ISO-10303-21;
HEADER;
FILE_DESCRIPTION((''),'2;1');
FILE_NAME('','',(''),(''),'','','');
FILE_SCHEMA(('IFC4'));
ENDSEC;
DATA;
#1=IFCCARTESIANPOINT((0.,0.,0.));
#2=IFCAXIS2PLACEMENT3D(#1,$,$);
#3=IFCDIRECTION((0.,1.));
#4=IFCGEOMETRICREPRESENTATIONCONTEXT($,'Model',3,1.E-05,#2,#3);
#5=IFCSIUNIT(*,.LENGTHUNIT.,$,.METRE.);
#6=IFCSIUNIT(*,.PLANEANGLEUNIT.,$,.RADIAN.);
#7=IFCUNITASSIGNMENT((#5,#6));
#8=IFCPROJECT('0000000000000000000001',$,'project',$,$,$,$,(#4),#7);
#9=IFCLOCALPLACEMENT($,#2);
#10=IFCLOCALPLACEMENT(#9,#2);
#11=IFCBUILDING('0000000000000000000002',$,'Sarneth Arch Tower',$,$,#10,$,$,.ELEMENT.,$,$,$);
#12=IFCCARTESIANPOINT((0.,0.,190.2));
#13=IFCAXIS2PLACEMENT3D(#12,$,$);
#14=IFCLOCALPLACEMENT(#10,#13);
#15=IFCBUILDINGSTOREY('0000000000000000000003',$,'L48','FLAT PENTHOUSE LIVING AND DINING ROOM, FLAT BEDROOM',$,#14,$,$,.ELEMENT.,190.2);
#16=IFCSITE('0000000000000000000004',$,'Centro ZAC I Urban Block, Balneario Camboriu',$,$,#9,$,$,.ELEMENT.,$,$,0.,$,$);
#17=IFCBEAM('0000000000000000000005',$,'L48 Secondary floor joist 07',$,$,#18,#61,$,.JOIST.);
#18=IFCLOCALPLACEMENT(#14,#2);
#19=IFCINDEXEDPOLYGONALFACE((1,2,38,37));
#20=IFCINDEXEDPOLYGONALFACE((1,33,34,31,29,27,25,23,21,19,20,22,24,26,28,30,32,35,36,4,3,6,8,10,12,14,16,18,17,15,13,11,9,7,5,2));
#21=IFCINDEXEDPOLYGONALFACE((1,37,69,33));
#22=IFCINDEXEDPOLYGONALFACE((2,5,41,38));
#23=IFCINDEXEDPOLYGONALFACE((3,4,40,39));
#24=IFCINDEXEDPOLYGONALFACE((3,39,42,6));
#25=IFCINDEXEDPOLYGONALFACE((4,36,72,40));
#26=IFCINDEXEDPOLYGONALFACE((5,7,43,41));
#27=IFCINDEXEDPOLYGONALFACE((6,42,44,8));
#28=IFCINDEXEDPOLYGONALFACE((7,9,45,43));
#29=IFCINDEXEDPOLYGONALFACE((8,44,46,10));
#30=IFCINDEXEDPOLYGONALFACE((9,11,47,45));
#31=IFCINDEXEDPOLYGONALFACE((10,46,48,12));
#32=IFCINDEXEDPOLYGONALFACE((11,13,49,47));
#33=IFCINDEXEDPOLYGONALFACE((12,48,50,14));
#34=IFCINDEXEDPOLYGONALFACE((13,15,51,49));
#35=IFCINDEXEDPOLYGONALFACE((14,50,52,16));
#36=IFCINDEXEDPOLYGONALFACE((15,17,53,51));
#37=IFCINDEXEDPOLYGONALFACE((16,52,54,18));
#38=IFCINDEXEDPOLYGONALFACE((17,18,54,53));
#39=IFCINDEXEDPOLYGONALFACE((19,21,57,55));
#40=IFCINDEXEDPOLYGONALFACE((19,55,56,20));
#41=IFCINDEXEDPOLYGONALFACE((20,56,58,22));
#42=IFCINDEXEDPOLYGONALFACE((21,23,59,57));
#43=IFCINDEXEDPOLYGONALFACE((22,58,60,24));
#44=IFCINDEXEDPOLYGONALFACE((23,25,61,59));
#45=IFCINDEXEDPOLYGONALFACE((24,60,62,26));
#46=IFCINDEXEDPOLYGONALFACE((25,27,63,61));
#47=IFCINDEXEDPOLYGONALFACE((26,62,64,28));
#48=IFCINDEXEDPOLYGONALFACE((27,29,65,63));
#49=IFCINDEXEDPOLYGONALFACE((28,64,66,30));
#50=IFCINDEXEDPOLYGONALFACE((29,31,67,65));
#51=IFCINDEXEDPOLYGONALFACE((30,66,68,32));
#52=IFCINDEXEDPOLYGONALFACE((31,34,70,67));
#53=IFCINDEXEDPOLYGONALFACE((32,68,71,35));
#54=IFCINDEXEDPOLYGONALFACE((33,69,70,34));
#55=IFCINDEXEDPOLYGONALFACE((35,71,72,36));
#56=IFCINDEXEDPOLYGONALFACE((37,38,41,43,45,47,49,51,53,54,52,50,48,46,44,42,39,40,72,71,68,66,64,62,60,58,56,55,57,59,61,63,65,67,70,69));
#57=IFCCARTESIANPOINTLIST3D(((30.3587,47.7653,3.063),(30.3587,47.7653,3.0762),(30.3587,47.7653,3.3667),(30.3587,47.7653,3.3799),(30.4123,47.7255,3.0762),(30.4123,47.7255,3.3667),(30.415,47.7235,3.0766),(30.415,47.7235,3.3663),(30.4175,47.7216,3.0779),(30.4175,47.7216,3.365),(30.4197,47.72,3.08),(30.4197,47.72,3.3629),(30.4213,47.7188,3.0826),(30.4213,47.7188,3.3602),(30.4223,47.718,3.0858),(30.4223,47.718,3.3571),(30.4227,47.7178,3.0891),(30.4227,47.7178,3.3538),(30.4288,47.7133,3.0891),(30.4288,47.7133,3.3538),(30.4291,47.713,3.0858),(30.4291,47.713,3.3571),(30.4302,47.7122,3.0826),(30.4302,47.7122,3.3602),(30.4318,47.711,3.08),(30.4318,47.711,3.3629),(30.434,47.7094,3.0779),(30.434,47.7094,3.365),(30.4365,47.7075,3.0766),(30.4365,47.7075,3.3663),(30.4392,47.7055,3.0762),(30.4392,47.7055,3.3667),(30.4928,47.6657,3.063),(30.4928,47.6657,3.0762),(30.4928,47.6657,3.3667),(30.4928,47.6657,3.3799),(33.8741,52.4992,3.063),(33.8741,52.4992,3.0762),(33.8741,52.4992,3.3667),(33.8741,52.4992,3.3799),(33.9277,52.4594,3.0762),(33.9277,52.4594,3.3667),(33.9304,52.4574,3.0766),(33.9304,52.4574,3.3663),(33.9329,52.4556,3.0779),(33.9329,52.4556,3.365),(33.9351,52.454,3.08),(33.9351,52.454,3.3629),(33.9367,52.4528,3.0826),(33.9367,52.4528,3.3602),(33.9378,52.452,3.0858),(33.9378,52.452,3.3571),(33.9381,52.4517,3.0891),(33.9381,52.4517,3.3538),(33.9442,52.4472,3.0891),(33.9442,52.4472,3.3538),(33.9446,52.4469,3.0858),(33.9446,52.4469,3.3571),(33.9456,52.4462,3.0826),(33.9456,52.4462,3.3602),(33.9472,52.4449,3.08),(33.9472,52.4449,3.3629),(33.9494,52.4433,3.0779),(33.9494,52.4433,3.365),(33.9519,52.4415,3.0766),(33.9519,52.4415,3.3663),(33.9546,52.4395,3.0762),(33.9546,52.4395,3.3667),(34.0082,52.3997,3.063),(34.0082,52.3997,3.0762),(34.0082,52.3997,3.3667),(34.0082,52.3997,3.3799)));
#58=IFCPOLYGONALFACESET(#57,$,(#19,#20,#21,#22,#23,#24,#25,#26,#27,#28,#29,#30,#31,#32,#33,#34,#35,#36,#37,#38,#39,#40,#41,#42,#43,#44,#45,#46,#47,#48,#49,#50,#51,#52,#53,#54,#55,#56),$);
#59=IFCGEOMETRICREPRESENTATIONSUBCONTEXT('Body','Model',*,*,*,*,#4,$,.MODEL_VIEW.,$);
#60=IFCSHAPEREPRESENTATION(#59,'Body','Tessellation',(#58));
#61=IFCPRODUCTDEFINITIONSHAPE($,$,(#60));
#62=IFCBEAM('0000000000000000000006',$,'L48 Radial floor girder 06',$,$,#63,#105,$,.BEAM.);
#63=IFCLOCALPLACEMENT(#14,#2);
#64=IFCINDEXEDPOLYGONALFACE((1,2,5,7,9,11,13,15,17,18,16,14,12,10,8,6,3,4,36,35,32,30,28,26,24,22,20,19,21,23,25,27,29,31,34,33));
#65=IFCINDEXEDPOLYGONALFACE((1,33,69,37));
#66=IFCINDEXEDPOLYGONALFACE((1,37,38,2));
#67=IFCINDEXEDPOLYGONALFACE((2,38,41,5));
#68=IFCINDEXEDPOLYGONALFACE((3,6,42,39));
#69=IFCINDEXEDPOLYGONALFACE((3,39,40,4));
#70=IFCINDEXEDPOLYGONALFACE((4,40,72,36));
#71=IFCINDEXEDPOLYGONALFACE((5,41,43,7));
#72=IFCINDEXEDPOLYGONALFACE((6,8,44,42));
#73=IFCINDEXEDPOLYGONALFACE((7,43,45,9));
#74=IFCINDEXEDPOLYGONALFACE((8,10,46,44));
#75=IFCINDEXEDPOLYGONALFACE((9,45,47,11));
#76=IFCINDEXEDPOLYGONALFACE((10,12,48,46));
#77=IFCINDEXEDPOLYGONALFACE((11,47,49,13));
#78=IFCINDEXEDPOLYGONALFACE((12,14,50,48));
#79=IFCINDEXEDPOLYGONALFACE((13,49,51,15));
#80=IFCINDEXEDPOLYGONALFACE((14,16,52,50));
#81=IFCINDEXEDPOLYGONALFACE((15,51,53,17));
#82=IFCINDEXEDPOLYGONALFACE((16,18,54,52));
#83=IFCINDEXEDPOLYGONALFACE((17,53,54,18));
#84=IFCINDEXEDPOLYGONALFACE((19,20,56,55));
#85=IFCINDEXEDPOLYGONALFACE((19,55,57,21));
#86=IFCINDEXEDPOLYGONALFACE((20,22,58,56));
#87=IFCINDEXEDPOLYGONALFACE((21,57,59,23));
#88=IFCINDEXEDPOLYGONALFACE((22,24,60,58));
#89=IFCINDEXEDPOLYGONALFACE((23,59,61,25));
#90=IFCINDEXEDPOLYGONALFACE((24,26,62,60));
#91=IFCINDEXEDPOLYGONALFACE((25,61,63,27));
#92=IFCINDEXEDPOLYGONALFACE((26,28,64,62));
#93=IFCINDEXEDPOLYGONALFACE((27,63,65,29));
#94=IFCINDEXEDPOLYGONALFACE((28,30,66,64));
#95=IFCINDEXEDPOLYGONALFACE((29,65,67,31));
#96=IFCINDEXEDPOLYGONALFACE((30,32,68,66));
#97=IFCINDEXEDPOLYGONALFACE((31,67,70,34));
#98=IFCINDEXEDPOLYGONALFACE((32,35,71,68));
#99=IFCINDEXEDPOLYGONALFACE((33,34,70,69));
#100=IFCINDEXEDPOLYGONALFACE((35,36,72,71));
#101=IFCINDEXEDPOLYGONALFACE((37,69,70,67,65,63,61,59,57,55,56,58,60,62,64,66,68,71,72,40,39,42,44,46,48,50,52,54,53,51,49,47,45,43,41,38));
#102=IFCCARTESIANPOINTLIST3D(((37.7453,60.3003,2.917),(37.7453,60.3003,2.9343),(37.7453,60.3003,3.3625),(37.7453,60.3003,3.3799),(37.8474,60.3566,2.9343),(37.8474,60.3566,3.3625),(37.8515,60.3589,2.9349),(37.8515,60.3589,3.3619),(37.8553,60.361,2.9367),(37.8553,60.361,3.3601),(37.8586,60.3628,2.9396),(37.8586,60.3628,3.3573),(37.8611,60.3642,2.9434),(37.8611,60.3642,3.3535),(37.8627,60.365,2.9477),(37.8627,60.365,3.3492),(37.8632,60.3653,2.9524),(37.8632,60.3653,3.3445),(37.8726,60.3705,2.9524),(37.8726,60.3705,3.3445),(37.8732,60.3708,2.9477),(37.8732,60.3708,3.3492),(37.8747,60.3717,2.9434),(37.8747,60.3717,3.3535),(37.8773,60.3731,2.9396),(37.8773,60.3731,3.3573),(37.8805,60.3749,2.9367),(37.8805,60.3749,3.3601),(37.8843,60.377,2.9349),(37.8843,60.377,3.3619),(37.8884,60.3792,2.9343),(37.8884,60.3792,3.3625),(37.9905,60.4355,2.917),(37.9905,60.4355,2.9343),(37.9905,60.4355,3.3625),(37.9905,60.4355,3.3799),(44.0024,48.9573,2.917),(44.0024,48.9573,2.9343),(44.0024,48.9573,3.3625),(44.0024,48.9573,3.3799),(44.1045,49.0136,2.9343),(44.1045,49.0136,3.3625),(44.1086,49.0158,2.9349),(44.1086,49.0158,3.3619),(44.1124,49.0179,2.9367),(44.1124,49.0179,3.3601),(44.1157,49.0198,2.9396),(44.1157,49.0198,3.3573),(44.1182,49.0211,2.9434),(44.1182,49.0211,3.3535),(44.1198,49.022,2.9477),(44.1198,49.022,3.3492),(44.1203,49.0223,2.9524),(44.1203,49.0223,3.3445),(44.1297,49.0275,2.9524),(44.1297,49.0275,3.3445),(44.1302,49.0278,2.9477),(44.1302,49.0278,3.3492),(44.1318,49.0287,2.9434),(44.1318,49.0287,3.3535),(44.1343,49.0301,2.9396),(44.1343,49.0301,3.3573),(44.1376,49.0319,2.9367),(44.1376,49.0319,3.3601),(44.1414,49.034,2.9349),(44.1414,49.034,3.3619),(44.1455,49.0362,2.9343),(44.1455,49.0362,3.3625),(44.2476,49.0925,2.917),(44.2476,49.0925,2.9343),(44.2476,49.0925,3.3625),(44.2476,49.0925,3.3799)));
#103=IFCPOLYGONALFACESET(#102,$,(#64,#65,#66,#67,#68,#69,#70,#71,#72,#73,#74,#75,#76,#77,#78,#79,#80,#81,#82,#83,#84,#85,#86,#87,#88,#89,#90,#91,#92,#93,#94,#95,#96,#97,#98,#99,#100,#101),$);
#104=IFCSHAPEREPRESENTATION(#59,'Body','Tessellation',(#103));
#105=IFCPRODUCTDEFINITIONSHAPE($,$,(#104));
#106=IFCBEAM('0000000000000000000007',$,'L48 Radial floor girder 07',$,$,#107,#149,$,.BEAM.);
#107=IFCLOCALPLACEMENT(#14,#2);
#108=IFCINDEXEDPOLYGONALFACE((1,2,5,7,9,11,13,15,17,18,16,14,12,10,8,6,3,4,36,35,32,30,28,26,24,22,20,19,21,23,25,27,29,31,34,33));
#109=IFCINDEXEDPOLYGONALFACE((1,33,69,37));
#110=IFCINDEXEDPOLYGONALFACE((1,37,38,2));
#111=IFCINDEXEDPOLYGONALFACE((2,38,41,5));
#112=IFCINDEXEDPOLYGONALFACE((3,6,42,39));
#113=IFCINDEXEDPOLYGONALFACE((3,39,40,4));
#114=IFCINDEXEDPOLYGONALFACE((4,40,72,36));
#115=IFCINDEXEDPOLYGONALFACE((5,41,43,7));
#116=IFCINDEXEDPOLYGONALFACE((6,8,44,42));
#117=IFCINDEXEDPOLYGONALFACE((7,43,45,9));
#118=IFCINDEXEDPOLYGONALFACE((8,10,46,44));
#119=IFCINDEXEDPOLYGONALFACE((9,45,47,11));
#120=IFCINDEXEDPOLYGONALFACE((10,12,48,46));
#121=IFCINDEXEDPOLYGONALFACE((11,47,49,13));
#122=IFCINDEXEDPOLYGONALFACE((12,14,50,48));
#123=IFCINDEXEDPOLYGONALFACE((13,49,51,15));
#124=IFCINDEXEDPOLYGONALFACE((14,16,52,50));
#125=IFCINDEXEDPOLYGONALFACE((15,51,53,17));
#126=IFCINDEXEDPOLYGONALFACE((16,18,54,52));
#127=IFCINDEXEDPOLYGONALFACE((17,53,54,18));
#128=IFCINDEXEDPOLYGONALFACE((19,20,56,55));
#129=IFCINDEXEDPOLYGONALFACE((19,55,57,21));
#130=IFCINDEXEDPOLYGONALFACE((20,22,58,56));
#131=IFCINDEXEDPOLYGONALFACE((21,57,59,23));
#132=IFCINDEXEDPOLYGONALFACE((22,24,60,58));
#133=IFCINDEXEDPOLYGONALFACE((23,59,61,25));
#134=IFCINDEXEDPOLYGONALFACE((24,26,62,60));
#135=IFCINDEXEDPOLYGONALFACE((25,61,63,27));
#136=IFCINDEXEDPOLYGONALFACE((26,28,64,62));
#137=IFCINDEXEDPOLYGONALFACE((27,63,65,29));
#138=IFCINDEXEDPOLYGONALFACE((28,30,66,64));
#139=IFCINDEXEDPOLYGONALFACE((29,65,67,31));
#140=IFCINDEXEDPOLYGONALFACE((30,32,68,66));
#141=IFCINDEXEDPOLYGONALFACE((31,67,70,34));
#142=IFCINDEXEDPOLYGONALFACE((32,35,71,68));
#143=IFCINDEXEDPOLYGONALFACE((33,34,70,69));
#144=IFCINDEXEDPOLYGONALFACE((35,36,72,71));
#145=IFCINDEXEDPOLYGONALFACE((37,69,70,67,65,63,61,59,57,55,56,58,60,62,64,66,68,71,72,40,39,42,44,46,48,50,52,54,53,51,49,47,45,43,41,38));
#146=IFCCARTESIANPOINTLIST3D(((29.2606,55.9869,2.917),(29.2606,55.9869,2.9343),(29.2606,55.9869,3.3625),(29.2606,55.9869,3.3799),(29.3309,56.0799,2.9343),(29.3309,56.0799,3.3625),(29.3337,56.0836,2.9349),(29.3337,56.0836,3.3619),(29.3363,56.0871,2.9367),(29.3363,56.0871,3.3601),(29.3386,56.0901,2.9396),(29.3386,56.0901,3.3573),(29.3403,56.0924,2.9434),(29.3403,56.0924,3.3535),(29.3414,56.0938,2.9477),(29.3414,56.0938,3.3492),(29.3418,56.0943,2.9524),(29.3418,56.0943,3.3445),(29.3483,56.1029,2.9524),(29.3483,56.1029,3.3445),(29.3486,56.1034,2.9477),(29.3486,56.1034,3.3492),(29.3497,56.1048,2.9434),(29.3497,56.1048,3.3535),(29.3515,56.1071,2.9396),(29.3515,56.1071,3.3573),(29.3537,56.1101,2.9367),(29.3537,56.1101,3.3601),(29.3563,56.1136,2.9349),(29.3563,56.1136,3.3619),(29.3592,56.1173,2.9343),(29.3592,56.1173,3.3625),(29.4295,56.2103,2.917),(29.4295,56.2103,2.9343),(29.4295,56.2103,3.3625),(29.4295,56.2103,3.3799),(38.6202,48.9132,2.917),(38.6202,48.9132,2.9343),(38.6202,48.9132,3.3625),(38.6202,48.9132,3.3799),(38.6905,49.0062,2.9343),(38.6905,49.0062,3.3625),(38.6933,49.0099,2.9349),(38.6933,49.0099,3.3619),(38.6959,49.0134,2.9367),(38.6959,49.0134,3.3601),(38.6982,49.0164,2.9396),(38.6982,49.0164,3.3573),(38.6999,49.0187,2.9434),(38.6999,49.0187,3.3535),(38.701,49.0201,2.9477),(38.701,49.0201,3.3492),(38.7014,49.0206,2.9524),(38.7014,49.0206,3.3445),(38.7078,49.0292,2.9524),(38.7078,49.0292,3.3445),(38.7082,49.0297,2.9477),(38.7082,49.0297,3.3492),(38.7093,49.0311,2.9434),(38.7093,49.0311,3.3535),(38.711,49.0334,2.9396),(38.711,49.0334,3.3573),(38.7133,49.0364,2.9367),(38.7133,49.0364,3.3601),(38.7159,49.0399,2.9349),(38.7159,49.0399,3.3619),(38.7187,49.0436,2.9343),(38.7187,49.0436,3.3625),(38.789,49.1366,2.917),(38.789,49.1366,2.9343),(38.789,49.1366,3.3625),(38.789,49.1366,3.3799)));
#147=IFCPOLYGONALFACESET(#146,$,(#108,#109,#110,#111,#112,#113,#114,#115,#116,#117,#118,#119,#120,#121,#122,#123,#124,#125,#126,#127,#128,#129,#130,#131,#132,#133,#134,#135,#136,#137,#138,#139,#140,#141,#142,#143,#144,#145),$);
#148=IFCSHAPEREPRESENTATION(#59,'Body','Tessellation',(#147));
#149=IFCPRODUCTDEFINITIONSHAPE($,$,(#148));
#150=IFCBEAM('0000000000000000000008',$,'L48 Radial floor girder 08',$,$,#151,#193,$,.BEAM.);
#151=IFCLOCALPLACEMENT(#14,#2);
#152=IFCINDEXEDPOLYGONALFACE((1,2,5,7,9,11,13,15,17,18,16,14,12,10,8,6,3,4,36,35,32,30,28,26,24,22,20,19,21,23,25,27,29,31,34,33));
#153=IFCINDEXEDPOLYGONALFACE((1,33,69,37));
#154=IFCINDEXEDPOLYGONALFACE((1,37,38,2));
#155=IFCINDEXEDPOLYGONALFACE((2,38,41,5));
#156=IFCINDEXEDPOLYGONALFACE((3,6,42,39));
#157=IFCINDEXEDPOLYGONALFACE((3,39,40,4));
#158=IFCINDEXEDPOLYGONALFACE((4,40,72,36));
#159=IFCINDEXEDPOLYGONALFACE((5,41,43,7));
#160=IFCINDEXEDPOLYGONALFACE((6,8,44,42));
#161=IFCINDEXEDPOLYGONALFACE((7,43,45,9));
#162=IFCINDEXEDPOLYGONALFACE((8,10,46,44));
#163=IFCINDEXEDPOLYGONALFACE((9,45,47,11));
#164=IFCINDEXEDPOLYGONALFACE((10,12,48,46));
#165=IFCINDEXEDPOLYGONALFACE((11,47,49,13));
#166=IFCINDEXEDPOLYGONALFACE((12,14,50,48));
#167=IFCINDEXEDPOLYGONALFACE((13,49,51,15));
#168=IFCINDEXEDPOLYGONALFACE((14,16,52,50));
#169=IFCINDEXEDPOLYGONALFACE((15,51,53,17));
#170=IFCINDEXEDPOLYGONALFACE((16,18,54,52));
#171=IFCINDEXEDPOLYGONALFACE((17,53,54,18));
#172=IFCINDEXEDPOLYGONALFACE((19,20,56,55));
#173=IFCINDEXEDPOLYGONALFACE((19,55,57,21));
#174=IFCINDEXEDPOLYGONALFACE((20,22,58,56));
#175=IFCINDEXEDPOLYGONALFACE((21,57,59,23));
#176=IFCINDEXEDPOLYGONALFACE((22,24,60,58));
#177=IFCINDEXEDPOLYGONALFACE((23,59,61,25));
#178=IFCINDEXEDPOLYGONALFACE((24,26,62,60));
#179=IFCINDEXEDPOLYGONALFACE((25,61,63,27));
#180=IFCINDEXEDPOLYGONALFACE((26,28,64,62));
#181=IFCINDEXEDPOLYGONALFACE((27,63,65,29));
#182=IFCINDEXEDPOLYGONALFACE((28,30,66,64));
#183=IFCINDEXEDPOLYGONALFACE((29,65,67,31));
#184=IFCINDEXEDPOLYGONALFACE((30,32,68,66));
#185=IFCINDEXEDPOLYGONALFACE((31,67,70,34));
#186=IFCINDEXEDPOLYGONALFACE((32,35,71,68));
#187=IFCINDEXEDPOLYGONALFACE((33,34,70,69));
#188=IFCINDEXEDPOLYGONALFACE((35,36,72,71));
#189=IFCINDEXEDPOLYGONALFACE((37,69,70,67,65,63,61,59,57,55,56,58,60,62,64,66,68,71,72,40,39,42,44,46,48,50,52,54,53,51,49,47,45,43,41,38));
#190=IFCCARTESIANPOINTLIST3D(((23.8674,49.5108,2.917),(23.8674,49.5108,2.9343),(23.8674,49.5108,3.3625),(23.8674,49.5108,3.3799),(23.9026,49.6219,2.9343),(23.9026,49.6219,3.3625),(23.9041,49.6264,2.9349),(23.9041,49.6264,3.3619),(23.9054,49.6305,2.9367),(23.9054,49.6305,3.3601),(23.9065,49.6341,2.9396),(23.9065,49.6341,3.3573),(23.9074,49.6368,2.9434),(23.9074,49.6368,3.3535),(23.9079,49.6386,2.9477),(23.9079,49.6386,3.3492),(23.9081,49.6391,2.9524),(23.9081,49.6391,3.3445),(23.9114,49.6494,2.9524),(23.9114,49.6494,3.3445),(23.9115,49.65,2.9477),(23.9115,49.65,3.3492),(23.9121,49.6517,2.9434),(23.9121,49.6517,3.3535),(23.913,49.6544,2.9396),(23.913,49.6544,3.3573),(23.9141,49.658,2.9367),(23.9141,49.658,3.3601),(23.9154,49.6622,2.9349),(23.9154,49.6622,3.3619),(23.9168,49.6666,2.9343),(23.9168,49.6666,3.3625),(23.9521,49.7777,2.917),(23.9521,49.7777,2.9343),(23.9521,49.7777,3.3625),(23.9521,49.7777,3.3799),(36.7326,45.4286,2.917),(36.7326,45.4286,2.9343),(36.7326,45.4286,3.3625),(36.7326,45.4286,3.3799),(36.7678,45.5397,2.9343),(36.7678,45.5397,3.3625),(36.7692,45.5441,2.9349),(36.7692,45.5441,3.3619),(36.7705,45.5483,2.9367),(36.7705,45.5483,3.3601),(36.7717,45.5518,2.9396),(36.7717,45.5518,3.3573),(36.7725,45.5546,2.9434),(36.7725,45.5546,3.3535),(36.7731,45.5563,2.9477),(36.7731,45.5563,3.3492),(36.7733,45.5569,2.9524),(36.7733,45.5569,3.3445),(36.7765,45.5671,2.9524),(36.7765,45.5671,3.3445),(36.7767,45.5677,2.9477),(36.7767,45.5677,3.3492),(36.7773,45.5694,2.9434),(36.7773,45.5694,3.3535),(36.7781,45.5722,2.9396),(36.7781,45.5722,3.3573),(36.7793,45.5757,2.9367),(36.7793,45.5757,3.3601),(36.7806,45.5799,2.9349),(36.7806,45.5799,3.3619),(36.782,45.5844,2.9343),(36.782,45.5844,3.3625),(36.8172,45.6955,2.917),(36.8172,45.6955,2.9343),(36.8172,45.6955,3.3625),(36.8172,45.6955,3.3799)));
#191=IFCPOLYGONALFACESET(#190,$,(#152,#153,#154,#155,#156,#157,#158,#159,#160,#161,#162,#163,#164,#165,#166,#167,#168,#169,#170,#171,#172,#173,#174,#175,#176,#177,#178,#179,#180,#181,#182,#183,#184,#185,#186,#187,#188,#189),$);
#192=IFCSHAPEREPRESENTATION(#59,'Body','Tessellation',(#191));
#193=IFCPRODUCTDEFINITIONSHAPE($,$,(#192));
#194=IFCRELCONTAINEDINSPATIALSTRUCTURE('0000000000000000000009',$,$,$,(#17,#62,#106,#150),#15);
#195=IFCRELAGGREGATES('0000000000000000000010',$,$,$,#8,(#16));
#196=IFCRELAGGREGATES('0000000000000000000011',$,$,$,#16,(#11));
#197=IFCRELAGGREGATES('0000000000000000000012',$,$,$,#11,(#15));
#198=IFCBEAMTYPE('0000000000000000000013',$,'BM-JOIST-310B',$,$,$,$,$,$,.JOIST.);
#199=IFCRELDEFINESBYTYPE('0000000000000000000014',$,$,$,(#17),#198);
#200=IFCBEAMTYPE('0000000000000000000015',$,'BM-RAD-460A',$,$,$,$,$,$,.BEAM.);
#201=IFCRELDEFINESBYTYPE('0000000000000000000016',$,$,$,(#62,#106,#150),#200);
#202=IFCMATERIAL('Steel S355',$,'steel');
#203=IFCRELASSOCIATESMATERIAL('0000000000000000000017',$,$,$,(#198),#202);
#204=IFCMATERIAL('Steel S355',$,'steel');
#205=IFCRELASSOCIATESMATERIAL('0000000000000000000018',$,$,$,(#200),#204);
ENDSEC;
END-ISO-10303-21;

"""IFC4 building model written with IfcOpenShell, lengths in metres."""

from ifc_helpers import new_model, si_unit, direction, frame, origin, origin_2d, place, context, subcontext, project, spatial, i_section, extrude, material, material_profile, profile_set, type_object, element, save


model = new_model("IFC4")

# Units and contexts
model_context = context("Model", 3, precision=1e-05, world=origin(), true_north=direction((0.0, 1.0)))
body_context = subcontext(model_context, "Body", "Model", "MODEL_VIEW")
ifc_project = project(units=[si_unit("LENGTHUNIT", "METRE"), si_unit("PLANEANGLEUNIT", "RADIAN")], contexts=[model_context])

# Site, building, storey
site_placement = place(None, origin())
site = spatial("IfcSite", under=ifc_project, at=site_placement, Name="Centro ZAC I Urban Block, Balneario Camboriu", CompositionType="ELEMENT", RefElevation=0.0)
building_placement = place(site_placement, origin())
building = spatial("IfcBuilding", under=site, at=building_placement, Name="Sarneth Arch Tower", CompositionType="ELEMENT")
storey_placement = place(building_placement, frame((0.0, 0.0, 190.2)))
storey = spatial("IfcBuildingStorey", under=building, at=storey_placement, Name="L48", Description="FLAT PENTHOUSE LIVING AND DINING ROOM, FLAT BEDROOM", CompositionType="ELEMENT", Elevation=190.2)

# Beams
ifc_material_1 = material(Name="Steel S355", Category="steel")
ifc_material_profile_1 = material_profile(ifc_material_1, i_section(OverallWidth=0.167, OverallDepth=0.3169, WebThickness=0.0076, FlangeThickness=0.0132, FilletRadius=0.0129, at=origin_2d()), Name="W310x52")
ifc_profile_set_1 = profile_set([ifc_material_profile_1], Name="Steel S355")
beam_type_1 = type_object("IfcBeamType", Name="BM-JOIST-310B", PredefinedType="JOIST", material=ifc_profile_set_1)
beam_1_placement = place(storey_placement, frame((33.9412, 52.4495, 3.2214), z_axis=(-0.596191, -0.802843, 0.0), x_axis=(0.802843, -0.596191, 0.0)))
element("IfcBeam", 1, at=beam_1_placement, inside=storey, type_object=beam_type_1, Name="L48 Secondary floor joist 07", PredefinedType="JOIST", context=body_context, shape_type="SweptSolid", body=[
    extrude(i_section(OverallWidth=0.167, OverallDepth=0.3169, WebThickness=0.0076, FlangeThickness=0.0132, FilletRadius=0.0129, at=origin_2d()), origin(), (0.0, 0.0, 1.0), 5.8965),
])
ifc_material_2 = material(Name="Steel S355", Category="steel")
ifc_material_profile_2 = material_profile(ifc_material_2, i_section(OverallWidth=0.28, OverallDepth=0.4629, WebThickness=0.0107, FlangeThickness=0.0173, FilletRadius=0.0181, at=origin_2d()), Name="W460x113")
ifc_profile_set_2 = profile_set([ifc_material_profile_2], Name="Steel S355")
beam_type_2 = type_object("IfcBeamType", Name="BM-RAD-460A", PredefinedType="BEAM", material=ifc_profile_set_2)
beam_2_placement = place(storey_placement, frame((44.125, 49.0249, 3.1484), z_axis=(-0.48301, 0.875615, 0.0), x_axis=(-0.875615, -0.48301, 0.0)))
element("IfcBeam", 2, at=beam_2_placement, inside=storey, type_object=beam_type_2, Name="L48 Radial floor girder 06", PredefinedType="BEAM", context=body_context, shape_type="SweptSolid", body=[
    extrude(i_section(OverallWidth=0.28, OverallDepth=0.4629, WebThickness=0.0107, FlangeThickness=0.0173, FilletRadius=0.0181, at=origin_2d()), origin(), (0.0, 0.0, 1.0), 12.9543),
])
beam_3_placement = place(storey_placement, frame((38.7046, 49.0249, 3.1484), z_axis=(-0.797785, 0.602943, 0.0), x_axis=(-0.602943, -0.797785, 0.0)))
element("IfcBeam", 3, at=beam_3_placement, inside=storey, type_object=beam_type_2, Name="L48 Radial floor girder 07", PredefinedType="BEAM", context=body_context, shape_type="SweptSolid", body=[
    extrude(i_section(OverallWidth=0.28, OverallDepth=0.4629, WebThickness=0.0107, FlangeThickness=0.0173, FilletRadius=0.0181, at=origin_2d()), origin(), (0.0, 0.0, 1.0), 11.7319),
])
beam_4_placement = place(storey_placement, frame((36.7749, 45.562, 3.1484), z_axis=(-0.953165, 0.302449, 0.0), x_axis=(-0.302449, -0.953165, 0.0)))
element("IfcBeam", 4, at=beam_4_placement, inside=storey, type_object=beam_type_2, Name="L48 Radial floor girder 08", PredefinedType="BEAM", context=body_context, shape_type="SweptSolid", body=[
    extrude(i_section(OverallWidth=0.28, OverallDepth=0.4629, WebThickness=0.0107, FlangeThickness=0.0173, FilletRadius=0.0181, at=origin_2d()), origin(), (0.0, 0.0, 1.0), 13.4973),
])

save(model, "model.ifc")
